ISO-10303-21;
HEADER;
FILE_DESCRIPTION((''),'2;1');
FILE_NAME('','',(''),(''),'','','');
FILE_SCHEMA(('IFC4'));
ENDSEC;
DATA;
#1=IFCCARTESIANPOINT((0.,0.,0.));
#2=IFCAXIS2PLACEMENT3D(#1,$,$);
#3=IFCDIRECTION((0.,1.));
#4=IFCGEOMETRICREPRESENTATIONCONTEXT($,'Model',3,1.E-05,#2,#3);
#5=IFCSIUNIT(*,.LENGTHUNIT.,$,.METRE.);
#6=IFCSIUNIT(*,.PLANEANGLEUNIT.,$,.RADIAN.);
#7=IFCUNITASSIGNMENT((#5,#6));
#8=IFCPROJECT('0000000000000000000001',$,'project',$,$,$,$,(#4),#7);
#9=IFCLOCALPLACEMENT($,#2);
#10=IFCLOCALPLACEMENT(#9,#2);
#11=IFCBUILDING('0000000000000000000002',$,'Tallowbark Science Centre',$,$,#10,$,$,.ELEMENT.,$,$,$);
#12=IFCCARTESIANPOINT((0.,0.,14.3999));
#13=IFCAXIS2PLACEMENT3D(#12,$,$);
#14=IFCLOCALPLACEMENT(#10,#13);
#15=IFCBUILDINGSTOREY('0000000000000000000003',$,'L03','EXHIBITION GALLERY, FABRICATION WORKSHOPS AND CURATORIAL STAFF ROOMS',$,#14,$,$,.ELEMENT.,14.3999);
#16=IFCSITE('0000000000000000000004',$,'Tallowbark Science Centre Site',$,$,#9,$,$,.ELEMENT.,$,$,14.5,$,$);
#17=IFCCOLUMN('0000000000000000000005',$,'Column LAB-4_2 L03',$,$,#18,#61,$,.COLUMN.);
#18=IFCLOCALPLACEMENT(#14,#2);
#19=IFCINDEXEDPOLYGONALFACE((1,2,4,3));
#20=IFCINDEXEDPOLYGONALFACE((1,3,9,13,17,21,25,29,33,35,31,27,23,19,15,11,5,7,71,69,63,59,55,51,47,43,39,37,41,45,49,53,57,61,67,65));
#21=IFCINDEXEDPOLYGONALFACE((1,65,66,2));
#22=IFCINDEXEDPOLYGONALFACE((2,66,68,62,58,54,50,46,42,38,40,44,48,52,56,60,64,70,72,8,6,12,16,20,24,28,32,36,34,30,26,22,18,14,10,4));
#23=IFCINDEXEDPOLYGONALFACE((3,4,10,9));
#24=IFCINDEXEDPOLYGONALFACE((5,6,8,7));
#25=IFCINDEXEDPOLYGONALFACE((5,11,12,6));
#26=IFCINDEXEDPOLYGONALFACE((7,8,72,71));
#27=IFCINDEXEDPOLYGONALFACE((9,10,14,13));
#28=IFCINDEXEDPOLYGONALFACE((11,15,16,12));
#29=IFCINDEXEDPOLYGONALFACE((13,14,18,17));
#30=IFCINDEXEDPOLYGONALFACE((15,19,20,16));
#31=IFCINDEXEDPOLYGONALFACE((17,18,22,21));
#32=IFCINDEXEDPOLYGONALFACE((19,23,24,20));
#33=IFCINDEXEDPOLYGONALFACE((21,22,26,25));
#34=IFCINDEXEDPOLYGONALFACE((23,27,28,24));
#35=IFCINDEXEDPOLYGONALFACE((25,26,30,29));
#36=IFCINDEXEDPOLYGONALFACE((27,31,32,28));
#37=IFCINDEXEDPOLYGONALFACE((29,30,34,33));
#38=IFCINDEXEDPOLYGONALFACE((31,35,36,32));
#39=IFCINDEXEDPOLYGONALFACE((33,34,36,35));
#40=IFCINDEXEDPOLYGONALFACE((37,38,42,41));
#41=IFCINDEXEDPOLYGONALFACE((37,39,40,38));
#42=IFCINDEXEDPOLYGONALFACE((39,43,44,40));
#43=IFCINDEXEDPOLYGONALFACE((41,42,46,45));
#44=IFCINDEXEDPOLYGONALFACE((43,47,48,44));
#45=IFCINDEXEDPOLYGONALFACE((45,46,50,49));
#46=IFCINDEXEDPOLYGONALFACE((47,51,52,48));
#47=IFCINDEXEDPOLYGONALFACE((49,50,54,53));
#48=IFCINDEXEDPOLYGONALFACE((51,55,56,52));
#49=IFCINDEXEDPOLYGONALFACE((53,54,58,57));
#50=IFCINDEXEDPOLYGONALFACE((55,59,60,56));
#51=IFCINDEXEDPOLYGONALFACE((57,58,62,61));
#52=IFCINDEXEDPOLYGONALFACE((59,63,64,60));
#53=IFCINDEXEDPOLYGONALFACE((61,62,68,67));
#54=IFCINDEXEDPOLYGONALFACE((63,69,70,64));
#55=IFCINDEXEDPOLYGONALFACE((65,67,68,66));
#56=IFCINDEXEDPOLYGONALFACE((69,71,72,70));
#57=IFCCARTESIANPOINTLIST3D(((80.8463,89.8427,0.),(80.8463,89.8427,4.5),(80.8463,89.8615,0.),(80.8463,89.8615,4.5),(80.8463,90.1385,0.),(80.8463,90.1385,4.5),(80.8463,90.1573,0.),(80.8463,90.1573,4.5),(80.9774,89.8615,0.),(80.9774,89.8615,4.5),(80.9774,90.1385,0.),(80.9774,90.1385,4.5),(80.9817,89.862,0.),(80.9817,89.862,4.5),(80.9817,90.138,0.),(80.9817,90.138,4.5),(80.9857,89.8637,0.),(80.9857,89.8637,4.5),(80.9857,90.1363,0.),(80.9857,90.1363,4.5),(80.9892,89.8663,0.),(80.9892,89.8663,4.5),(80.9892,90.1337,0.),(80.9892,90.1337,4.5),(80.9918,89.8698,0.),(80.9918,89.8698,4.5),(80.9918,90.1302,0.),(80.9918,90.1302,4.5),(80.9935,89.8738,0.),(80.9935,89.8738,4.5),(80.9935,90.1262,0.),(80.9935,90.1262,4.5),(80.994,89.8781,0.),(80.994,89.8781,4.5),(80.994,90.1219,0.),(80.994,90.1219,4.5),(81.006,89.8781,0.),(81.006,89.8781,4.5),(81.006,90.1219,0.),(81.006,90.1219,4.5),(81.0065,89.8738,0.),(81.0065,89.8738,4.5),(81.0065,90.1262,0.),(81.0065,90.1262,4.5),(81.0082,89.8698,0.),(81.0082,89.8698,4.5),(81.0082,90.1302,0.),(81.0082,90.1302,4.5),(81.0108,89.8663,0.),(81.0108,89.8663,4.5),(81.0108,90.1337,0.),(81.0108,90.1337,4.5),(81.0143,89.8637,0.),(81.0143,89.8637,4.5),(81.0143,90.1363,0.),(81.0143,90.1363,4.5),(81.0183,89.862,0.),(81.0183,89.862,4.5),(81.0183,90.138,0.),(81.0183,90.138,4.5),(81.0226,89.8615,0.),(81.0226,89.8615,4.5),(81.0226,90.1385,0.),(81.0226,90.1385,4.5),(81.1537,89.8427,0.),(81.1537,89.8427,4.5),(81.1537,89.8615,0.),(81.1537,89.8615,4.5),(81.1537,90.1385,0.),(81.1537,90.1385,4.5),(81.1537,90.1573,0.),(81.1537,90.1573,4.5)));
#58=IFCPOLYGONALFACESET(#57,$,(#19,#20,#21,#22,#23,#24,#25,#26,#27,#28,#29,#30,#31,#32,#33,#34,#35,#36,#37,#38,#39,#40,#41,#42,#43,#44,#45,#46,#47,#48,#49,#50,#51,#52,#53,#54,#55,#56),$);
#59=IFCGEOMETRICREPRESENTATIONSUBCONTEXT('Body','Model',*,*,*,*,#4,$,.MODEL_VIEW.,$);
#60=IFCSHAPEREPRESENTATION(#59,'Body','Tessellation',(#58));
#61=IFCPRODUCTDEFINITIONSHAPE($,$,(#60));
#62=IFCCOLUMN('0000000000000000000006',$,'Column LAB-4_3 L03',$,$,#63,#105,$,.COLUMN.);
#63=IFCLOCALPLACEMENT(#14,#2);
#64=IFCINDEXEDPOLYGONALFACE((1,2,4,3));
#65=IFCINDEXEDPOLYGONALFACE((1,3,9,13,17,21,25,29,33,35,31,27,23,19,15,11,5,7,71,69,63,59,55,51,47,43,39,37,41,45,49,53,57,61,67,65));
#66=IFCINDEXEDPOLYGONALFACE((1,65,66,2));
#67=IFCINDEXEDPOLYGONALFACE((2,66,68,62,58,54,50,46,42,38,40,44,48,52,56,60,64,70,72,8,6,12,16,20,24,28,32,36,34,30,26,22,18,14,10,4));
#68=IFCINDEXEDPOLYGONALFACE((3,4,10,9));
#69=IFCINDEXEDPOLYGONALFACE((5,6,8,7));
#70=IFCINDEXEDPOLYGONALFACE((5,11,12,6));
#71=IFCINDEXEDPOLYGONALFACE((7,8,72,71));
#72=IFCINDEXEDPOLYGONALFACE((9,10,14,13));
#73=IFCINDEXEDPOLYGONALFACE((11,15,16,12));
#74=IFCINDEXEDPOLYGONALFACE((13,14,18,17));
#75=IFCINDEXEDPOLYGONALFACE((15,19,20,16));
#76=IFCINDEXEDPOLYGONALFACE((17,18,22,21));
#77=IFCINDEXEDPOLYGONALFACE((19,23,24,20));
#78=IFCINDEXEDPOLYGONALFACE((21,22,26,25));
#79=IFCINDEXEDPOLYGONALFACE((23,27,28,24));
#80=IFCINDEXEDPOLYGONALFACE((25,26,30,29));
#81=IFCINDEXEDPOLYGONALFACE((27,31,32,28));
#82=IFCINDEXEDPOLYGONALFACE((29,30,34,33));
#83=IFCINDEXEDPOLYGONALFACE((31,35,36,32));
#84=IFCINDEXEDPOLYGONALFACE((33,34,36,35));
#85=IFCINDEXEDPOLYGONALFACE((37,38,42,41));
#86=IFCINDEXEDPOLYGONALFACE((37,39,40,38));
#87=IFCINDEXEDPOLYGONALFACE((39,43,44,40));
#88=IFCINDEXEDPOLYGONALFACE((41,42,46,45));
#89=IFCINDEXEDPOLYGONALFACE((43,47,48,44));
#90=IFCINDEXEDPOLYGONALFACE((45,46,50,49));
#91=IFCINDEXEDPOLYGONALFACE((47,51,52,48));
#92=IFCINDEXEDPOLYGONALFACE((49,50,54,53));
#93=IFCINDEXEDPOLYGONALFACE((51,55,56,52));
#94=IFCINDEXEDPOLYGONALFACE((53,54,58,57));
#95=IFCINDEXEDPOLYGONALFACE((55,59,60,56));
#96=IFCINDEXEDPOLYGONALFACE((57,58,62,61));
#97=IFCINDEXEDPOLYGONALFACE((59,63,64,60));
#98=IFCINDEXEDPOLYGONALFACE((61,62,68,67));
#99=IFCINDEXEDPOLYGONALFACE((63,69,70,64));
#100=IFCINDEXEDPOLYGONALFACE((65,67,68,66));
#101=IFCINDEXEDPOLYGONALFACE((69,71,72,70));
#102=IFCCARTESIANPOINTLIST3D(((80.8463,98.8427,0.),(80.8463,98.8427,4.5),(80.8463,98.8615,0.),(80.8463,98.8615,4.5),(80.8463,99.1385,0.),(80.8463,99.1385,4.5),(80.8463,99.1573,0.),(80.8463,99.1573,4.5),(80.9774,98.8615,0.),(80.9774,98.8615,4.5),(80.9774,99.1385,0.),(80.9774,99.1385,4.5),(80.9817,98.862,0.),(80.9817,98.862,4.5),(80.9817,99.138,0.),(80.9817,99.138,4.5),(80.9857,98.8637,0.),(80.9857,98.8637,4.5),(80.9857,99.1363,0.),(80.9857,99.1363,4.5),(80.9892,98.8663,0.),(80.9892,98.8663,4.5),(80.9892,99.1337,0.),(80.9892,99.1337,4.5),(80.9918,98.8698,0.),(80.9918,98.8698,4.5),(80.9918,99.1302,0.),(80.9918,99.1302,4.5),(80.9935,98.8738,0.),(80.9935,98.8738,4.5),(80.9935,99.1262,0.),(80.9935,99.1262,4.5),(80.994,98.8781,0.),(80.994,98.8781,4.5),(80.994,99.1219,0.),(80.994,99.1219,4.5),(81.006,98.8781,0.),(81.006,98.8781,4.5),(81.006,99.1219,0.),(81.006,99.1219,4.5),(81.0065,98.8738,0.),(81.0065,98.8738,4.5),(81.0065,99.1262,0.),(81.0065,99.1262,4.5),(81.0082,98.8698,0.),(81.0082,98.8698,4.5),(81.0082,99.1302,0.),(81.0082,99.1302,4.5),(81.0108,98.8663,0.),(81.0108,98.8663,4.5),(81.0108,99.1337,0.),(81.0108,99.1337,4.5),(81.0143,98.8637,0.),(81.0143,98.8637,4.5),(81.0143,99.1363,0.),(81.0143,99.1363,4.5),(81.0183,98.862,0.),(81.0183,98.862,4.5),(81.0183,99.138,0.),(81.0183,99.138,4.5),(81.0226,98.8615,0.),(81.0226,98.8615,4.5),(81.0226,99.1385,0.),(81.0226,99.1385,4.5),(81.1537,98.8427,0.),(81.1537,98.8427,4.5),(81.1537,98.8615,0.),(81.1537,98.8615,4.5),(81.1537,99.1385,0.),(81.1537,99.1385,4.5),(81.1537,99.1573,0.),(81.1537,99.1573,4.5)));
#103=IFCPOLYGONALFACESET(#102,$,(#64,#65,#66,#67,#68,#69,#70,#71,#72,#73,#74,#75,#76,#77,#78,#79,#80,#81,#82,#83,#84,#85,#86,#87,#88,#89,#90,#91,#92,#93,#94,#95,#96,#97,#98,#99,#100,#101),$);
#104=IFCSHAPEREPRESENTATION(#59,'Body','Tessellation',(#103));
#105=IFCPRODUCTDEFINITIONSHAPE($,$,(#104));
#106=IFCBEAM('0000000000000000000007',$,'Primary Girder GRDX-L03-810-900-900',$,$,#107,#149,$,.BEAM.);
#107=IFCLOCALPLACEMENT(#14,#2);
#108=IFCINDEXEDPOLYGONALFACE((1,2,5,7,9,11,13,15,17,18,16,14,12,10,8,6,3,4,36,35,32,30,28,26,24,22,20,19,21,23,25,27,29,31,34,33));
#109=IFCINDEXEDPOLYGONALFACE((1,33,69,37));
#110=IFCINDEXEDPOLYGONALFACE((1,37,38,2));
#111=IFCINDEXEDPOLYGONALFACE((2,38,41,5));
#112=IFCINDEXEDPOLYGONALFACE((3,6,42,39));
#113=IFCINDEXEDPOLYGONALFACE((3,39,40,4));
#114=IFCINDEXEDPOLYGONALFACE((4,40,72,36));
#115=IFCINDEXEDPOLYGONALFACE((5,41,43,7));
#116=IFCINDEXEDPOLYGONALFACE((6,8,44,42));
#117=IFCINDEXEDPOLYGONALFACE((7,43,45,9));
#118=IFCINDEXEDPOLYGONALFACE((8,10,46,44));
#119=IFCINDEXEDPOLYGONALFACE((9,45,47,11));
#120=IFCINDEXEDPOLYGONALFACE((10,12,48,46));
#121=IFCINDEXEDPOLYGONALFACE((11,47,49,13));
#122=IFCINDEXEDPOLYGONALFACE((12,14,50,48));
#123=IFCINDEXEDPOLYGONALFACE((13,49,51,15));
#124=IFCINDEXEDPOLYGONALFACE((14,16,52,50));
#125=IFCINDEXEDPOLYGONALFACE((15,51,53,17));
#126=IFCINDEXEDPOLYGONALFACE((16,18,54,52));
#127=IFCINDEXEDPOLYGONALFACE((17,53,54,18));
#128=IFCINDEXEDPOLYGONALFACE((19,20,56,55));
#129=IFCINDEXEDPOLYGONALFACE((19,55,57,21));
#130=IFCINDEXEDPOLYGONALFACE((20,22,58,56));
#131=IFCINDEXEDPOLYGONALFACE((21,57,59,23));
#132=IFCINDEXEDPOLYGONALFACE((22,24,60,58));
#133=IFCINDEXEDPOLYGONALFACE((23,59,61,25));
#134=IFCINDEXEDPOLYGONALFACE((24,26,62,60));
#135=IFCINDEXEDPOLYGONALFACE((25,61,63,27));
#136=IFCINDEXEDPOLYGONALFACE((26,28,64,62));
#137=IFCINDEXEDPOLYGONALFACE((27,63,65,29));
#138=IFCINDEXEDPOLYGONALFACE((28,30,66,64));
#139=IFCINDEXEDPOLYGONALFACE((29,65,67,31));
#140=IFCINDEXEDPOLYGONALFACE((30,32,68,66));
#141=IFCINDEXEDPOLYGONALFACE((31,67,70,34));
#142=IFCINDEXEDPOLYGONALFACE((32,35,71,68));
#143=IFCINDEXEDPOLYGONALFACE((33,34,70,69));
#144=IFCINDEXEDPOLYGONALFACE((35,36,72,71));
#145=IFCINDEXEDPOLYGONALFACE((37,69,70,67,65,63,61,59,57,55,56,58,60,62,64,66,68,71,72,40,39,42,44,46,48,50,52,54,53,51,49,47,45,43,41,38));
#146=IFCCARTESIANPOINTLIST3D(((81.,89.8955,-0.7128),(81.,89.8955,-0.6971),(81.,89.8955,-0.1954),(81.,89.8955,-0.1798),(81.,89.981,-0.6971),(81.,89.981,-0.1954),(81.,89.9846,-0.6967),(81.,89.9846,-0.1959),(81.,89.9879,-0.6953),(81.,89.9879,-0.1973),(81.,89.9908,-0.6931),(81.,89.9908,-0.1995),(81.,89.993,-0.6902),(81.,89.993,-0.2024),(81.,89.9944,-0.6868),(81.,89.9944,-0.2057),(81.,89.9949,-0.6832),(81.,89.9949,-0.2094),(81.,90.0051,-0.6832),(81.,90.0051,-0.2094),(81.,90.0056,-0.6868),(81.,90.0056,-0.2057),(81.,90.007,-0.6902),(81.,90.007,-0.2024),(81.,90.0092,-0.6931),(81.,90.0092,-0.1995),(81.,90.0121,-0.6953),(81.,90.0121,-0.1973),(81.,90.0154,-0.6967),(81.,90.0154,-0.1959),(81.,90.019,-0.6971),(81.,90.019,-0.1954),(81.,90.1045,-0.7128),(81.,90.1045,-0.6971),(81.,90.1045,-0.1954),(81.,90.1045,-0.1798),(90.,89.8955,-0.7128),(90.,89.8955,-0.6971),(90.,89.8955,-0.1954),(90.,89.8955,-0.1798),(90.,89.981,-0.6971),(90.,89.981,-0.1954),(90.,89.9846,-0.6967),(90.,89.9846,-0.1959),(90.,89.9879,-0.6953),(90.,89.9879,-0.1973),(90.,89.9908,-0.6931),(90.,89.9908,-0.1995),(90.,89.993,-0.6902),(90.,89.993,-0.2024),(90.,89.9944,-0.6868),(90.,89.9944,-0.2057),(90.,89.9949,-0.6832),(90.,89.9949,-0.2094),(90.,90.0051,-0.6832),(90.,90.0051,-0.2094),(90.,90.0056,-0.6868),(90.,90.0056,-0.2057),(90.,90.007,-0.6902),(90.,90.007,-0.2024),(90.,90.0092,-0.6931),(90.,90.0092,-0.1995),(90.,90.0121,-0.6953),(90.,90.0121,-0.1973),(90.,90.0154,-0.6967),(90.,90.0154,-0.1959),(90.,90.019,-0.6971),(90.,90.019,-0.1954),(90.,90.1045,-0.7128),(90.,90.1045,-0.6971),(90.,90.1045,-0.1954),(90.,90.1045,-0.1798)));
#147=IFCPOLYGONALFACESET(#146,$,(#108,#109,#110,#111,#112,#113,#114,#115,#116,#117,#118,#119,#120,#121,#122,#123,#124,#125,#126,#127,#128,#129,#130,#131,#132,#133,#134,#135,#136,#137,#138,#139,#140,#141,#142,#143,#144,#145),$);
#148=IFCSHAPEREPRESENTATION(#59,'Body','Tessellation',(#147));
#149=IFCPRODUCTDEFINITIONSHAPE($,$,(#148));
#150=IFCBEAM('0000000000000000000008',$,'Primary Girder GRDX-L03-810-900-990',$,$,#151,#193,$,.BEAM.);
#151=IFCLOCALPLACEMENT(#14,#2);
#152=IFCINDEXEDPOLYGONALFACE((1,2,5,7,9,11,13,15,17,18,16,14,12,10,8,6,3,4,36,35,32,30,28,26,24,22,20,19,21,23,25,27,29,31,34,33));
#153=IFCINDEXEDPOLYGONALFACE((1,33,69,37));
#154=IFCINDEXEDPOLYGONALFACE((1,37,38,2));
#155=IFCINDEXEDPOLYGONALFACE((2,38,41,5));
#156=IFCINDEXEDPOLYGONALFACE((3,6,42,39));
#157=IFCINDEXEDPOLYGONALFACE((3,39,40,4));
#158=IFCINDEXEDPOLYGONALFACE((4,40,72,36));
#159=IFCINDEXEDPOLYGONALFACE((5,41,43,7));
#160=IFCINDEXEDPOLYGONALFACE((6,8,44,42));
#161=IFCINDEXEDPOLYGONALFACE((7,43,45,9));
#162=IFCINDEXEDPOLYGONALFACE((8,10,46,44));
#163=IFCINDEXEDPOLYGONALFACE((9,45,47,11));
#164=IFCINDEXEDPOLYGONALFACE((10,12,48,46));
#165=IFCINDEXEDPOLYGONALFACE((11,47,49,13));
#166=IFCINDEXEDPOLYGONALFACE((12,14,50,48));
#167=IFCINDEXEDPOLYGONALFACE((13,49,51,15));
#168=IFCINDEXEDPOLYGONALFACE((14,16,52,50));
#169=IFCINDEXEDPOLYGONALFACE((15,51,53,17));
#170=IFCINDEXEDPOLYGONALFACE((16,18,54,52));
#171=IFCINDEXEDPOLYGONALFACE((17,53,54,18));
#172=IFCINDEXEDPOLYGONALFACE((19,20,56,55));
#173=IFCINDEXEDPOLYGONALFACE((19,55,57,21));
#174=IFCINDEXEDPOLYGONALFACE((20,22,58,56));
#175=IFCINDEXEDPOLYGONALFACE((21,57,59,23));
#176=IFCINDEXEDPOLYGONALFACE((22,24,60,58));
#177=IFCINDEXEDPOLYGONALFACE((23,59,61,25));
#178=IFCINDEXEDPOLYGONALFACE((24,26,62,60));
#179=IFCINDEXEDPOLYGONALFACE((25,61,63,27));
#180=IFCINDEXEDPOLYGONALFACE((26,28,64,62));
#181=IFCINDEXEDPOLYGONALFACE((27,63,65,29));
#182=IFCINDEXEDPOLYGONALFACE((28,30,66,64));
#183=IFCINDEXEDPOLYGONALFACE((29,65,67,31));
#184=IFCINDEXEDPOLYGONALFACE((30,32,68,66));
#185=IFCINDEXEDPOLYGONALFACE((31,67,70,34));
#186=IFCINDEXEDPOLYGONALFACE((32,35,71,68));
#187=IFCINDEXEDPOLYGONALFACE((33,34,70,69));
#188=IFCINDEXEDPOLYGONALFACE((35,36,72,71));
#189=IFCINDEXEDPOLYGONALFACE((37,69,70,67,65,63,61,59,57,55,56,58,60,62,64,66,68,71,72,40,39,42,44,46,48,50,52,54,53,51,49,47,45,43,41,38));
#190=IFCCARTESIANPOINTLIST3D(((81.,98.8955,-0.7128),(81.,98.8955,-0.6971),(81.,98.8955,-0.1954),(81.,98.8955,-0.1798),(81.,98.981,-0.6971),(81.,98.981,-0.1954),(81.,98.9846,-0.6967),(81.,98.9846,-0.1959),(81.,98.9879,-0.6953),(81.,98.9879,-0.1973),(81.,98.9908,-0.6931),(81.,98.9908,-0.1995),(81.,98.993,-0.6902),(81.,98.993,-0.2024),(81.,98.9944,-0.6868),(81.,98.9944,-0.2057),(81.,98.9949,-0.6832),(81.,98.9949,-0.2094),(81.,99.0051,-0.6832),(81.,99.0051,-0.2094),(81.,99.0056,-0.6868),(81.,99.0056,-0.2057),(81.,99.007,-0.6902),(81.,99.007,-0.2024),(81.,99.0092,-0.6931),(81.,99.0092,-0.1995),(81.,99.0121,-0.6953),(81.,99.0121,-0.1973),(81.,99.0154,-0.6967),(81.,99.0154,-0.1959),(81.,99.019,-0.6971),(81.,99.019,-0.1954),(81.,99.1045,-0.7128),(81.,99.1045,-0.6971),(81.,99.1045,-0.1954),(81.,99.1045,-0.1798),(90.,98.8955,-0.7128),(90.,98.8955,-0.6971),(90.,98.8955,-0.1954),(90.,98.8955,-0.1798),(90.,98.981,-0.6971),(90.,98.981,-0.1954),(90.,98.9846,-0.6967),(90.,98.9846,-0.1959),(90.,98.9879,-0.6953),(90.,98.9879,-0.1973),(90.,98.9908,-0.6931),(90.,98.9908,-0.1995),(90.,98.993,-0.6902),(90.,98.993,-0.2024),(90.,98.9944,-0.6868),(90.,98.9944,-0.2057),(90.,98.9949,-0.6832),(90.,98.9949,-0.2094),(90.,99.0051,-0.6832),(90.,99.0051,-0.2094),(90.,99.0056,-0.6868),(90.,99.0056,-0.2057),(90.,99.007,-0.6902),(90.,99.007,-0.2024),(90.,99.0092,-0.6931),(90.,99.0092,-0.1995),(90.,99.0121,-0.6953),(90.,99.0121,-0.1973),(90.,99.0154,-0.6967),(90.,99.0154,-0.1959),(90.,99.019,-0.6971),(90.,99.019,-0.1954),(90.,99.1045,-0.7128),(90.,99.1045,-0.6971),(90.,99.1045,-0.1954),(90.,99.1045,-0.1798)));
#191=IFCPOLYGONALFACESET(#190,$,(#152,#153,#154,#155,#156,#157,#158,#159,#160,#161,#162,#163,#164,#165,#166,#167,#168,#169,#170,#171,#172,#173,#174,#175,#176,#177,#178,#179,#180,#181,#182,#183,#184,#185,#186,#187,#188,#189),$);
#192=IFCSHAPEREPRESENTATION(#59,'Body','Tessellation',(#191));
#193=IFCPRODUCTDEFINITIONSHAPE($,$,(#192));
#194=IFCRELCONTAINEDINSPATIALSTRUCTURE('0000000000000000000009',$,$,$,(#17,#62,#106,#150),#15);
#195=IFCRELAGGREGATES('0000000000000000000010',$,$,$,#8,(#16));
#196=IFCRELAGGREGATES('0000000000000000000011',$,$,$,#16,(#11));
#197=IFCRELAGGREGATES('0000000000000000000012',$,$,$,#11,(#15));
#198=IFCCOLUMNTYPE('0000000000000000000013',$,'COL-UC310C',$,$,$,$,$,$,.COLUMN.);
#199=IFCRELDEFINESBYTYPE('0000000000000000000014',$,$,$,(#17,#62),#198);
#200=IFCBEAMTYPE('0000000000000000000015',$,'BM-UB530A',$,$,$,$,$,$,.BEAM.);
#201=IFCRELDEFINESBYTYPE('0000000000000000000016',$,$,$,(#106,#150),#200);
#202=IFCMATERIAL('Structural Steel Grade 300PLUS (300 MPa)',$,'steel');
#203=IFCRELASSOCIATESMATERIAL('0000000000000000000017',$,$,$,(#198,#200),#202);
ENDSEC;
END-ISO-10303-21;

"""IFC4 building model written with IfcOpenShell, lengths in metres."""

from ifc_helpers import new_model, si_unit, direction, frame, origin, origin_2d, place, context, subcontext, project, spatial, i_section, extrude, material, material_profile, profile_set, type_object, element, save


model = new_model("IFC4")

# Units and contexts
model_context = context("Model", 3, precision=1e-05, world=origin(), true_north=direction((0.0, 1.0)))
body_context = subcontext(model_context, "Body", "Model", "MODEL_VIEW")
ifc_project = project(units=[si_unit("LENGTHUNIT", "METRE"), si_unit("PLANEANGLEUNIT", "RADIAN")], contexts=[model_context])

# Site, building, storey
site_placement = place(None, origin())
site = spatial("IfcSite", under=ifc_project, at=site_placement, Name="Tallowbark Science Centre Site", CompositionType="ELEMENT", RefElevation=14.5)
building_placement = place(site_placement, origin())
building = spatial("IfcBuilding", under=site, at=building_placement, Name="Tallowbark Science Centre", CompositionType="ELEMENT")
storey_placement = place(building_placement, frame((0.0, 0.0, 14.3999)))
storey = spatial("IfcBuildingStorey", under=building, at=storey_placement, Name="L03", Description="EXHIBITION GALLERY, FABRICATION WORKSHOPS AND CURATORIAL STAFF ROOMS", CompositionType="ELEMENT", Elevation=14.3999)

# Columns
ifc_material_1 = material(Name="Structural Steel Grade 300PLUS (300 MPa)", Category="steel")
ifc_material_profile_1 = material_profile(ifc_material_1, i_section(OverallWidth=0.3074, OverallDepth=0.3147, WebThickness=0.012, FlangeThickness=0.0188, FilletRadius=0.0166, at=origin_2d()), Name="310UC118")
ifc_profile_set_1 = profile_set([ifc_material_profile_1], Name="Structural Steel Grade 300PLUS (300 MPa)")
column_type = type_object("IfcColumnType", Name="COL-UC310C", PredefinedType="COLUMN", material=ifc_profile_set_1)
for number, where, z_axis, x_axis, name in (
    (1, (81.0, 90.0, 0.0), (0.0, 0.0, 1.0), (1.0, 0.0, 0.0), "Column LAB-4_2 L03"),
    (2, (81.0, 99.0, 0.0), (0.0, 0.0, 1.0), (1.0, 0.0, 0.0), "Column LAB-4_3 L03"),
):
    element("IfcColumn", number, at=place(storey_placement, frame(where, z_axis=z_axis, x_axis=x_axis)), inside=storey, type_object=column_type, Name=name, PredefinedType="COLUMN", context=body_context, shape_type="SweptSolid", body=[
        extrude(i_section(OverallWidth=0.3074, OverallDepth=0.3147, WebThickness=0.012, FlangeThickness=0.0188, FilletRadius=0.0166, at=origin_2d()), origin(), (0.0, 0.0, 1.0), 4.5),
    ])

# Beams
ifc_material_profile_2 = material_profile(ifc_material_1, i_section(OverallWidth=0.209, OverallDepth=0.533, WebThickness=0.0103, FlangeThickness=0.0156, FilletRadius=0.0139, at=origin_2d()), Name="530UB92.4")
ifc_profile_set_2 = profile_set([ifc_material_profile_2], Name="Structural Steel Grade 300PLUS (300 MPa)")
beam_type_1 = type_object("IfcBeamType", Name="BM-UB530A", PredefinedType="BEAM", material=ifc_profile_set_2)
for number, where, z_axis, x_axis, name in (
    (3, (81.0, 90.0, -0.4463), (1.0, 0.0, 0.0), (0.0, 1.0, 0.0), "Primary Girder GRDX-L03-810-900-900"),
    (4, (81.0, 99.0, -0.4463), (1.0, 0.0, 0.0), (0.0, 1.0, 0.0), "Primary Girder GRDX-L03-810-900-990"),
):
    element("IfcBeam", number, at=place(storey_placement, frame(where, z_axis=z_axis, x_axis=x_axis)), inside=storey, type_object=beam_type_1, Name=name, PredefinedType="BEAM", context=body_context, shape_type="SweptSolid", body=[
        extrude(i_section(OverallWidth=0.209, OverallDepth=0.533, WebThickness=0.0103, FlangeThickness=0.0156, FilletRadius=0.0139, at=origin_2d()), origin(), (0.0, 0.0, 1.0), 9.0),
    ])

save(model, "model.ifc")
